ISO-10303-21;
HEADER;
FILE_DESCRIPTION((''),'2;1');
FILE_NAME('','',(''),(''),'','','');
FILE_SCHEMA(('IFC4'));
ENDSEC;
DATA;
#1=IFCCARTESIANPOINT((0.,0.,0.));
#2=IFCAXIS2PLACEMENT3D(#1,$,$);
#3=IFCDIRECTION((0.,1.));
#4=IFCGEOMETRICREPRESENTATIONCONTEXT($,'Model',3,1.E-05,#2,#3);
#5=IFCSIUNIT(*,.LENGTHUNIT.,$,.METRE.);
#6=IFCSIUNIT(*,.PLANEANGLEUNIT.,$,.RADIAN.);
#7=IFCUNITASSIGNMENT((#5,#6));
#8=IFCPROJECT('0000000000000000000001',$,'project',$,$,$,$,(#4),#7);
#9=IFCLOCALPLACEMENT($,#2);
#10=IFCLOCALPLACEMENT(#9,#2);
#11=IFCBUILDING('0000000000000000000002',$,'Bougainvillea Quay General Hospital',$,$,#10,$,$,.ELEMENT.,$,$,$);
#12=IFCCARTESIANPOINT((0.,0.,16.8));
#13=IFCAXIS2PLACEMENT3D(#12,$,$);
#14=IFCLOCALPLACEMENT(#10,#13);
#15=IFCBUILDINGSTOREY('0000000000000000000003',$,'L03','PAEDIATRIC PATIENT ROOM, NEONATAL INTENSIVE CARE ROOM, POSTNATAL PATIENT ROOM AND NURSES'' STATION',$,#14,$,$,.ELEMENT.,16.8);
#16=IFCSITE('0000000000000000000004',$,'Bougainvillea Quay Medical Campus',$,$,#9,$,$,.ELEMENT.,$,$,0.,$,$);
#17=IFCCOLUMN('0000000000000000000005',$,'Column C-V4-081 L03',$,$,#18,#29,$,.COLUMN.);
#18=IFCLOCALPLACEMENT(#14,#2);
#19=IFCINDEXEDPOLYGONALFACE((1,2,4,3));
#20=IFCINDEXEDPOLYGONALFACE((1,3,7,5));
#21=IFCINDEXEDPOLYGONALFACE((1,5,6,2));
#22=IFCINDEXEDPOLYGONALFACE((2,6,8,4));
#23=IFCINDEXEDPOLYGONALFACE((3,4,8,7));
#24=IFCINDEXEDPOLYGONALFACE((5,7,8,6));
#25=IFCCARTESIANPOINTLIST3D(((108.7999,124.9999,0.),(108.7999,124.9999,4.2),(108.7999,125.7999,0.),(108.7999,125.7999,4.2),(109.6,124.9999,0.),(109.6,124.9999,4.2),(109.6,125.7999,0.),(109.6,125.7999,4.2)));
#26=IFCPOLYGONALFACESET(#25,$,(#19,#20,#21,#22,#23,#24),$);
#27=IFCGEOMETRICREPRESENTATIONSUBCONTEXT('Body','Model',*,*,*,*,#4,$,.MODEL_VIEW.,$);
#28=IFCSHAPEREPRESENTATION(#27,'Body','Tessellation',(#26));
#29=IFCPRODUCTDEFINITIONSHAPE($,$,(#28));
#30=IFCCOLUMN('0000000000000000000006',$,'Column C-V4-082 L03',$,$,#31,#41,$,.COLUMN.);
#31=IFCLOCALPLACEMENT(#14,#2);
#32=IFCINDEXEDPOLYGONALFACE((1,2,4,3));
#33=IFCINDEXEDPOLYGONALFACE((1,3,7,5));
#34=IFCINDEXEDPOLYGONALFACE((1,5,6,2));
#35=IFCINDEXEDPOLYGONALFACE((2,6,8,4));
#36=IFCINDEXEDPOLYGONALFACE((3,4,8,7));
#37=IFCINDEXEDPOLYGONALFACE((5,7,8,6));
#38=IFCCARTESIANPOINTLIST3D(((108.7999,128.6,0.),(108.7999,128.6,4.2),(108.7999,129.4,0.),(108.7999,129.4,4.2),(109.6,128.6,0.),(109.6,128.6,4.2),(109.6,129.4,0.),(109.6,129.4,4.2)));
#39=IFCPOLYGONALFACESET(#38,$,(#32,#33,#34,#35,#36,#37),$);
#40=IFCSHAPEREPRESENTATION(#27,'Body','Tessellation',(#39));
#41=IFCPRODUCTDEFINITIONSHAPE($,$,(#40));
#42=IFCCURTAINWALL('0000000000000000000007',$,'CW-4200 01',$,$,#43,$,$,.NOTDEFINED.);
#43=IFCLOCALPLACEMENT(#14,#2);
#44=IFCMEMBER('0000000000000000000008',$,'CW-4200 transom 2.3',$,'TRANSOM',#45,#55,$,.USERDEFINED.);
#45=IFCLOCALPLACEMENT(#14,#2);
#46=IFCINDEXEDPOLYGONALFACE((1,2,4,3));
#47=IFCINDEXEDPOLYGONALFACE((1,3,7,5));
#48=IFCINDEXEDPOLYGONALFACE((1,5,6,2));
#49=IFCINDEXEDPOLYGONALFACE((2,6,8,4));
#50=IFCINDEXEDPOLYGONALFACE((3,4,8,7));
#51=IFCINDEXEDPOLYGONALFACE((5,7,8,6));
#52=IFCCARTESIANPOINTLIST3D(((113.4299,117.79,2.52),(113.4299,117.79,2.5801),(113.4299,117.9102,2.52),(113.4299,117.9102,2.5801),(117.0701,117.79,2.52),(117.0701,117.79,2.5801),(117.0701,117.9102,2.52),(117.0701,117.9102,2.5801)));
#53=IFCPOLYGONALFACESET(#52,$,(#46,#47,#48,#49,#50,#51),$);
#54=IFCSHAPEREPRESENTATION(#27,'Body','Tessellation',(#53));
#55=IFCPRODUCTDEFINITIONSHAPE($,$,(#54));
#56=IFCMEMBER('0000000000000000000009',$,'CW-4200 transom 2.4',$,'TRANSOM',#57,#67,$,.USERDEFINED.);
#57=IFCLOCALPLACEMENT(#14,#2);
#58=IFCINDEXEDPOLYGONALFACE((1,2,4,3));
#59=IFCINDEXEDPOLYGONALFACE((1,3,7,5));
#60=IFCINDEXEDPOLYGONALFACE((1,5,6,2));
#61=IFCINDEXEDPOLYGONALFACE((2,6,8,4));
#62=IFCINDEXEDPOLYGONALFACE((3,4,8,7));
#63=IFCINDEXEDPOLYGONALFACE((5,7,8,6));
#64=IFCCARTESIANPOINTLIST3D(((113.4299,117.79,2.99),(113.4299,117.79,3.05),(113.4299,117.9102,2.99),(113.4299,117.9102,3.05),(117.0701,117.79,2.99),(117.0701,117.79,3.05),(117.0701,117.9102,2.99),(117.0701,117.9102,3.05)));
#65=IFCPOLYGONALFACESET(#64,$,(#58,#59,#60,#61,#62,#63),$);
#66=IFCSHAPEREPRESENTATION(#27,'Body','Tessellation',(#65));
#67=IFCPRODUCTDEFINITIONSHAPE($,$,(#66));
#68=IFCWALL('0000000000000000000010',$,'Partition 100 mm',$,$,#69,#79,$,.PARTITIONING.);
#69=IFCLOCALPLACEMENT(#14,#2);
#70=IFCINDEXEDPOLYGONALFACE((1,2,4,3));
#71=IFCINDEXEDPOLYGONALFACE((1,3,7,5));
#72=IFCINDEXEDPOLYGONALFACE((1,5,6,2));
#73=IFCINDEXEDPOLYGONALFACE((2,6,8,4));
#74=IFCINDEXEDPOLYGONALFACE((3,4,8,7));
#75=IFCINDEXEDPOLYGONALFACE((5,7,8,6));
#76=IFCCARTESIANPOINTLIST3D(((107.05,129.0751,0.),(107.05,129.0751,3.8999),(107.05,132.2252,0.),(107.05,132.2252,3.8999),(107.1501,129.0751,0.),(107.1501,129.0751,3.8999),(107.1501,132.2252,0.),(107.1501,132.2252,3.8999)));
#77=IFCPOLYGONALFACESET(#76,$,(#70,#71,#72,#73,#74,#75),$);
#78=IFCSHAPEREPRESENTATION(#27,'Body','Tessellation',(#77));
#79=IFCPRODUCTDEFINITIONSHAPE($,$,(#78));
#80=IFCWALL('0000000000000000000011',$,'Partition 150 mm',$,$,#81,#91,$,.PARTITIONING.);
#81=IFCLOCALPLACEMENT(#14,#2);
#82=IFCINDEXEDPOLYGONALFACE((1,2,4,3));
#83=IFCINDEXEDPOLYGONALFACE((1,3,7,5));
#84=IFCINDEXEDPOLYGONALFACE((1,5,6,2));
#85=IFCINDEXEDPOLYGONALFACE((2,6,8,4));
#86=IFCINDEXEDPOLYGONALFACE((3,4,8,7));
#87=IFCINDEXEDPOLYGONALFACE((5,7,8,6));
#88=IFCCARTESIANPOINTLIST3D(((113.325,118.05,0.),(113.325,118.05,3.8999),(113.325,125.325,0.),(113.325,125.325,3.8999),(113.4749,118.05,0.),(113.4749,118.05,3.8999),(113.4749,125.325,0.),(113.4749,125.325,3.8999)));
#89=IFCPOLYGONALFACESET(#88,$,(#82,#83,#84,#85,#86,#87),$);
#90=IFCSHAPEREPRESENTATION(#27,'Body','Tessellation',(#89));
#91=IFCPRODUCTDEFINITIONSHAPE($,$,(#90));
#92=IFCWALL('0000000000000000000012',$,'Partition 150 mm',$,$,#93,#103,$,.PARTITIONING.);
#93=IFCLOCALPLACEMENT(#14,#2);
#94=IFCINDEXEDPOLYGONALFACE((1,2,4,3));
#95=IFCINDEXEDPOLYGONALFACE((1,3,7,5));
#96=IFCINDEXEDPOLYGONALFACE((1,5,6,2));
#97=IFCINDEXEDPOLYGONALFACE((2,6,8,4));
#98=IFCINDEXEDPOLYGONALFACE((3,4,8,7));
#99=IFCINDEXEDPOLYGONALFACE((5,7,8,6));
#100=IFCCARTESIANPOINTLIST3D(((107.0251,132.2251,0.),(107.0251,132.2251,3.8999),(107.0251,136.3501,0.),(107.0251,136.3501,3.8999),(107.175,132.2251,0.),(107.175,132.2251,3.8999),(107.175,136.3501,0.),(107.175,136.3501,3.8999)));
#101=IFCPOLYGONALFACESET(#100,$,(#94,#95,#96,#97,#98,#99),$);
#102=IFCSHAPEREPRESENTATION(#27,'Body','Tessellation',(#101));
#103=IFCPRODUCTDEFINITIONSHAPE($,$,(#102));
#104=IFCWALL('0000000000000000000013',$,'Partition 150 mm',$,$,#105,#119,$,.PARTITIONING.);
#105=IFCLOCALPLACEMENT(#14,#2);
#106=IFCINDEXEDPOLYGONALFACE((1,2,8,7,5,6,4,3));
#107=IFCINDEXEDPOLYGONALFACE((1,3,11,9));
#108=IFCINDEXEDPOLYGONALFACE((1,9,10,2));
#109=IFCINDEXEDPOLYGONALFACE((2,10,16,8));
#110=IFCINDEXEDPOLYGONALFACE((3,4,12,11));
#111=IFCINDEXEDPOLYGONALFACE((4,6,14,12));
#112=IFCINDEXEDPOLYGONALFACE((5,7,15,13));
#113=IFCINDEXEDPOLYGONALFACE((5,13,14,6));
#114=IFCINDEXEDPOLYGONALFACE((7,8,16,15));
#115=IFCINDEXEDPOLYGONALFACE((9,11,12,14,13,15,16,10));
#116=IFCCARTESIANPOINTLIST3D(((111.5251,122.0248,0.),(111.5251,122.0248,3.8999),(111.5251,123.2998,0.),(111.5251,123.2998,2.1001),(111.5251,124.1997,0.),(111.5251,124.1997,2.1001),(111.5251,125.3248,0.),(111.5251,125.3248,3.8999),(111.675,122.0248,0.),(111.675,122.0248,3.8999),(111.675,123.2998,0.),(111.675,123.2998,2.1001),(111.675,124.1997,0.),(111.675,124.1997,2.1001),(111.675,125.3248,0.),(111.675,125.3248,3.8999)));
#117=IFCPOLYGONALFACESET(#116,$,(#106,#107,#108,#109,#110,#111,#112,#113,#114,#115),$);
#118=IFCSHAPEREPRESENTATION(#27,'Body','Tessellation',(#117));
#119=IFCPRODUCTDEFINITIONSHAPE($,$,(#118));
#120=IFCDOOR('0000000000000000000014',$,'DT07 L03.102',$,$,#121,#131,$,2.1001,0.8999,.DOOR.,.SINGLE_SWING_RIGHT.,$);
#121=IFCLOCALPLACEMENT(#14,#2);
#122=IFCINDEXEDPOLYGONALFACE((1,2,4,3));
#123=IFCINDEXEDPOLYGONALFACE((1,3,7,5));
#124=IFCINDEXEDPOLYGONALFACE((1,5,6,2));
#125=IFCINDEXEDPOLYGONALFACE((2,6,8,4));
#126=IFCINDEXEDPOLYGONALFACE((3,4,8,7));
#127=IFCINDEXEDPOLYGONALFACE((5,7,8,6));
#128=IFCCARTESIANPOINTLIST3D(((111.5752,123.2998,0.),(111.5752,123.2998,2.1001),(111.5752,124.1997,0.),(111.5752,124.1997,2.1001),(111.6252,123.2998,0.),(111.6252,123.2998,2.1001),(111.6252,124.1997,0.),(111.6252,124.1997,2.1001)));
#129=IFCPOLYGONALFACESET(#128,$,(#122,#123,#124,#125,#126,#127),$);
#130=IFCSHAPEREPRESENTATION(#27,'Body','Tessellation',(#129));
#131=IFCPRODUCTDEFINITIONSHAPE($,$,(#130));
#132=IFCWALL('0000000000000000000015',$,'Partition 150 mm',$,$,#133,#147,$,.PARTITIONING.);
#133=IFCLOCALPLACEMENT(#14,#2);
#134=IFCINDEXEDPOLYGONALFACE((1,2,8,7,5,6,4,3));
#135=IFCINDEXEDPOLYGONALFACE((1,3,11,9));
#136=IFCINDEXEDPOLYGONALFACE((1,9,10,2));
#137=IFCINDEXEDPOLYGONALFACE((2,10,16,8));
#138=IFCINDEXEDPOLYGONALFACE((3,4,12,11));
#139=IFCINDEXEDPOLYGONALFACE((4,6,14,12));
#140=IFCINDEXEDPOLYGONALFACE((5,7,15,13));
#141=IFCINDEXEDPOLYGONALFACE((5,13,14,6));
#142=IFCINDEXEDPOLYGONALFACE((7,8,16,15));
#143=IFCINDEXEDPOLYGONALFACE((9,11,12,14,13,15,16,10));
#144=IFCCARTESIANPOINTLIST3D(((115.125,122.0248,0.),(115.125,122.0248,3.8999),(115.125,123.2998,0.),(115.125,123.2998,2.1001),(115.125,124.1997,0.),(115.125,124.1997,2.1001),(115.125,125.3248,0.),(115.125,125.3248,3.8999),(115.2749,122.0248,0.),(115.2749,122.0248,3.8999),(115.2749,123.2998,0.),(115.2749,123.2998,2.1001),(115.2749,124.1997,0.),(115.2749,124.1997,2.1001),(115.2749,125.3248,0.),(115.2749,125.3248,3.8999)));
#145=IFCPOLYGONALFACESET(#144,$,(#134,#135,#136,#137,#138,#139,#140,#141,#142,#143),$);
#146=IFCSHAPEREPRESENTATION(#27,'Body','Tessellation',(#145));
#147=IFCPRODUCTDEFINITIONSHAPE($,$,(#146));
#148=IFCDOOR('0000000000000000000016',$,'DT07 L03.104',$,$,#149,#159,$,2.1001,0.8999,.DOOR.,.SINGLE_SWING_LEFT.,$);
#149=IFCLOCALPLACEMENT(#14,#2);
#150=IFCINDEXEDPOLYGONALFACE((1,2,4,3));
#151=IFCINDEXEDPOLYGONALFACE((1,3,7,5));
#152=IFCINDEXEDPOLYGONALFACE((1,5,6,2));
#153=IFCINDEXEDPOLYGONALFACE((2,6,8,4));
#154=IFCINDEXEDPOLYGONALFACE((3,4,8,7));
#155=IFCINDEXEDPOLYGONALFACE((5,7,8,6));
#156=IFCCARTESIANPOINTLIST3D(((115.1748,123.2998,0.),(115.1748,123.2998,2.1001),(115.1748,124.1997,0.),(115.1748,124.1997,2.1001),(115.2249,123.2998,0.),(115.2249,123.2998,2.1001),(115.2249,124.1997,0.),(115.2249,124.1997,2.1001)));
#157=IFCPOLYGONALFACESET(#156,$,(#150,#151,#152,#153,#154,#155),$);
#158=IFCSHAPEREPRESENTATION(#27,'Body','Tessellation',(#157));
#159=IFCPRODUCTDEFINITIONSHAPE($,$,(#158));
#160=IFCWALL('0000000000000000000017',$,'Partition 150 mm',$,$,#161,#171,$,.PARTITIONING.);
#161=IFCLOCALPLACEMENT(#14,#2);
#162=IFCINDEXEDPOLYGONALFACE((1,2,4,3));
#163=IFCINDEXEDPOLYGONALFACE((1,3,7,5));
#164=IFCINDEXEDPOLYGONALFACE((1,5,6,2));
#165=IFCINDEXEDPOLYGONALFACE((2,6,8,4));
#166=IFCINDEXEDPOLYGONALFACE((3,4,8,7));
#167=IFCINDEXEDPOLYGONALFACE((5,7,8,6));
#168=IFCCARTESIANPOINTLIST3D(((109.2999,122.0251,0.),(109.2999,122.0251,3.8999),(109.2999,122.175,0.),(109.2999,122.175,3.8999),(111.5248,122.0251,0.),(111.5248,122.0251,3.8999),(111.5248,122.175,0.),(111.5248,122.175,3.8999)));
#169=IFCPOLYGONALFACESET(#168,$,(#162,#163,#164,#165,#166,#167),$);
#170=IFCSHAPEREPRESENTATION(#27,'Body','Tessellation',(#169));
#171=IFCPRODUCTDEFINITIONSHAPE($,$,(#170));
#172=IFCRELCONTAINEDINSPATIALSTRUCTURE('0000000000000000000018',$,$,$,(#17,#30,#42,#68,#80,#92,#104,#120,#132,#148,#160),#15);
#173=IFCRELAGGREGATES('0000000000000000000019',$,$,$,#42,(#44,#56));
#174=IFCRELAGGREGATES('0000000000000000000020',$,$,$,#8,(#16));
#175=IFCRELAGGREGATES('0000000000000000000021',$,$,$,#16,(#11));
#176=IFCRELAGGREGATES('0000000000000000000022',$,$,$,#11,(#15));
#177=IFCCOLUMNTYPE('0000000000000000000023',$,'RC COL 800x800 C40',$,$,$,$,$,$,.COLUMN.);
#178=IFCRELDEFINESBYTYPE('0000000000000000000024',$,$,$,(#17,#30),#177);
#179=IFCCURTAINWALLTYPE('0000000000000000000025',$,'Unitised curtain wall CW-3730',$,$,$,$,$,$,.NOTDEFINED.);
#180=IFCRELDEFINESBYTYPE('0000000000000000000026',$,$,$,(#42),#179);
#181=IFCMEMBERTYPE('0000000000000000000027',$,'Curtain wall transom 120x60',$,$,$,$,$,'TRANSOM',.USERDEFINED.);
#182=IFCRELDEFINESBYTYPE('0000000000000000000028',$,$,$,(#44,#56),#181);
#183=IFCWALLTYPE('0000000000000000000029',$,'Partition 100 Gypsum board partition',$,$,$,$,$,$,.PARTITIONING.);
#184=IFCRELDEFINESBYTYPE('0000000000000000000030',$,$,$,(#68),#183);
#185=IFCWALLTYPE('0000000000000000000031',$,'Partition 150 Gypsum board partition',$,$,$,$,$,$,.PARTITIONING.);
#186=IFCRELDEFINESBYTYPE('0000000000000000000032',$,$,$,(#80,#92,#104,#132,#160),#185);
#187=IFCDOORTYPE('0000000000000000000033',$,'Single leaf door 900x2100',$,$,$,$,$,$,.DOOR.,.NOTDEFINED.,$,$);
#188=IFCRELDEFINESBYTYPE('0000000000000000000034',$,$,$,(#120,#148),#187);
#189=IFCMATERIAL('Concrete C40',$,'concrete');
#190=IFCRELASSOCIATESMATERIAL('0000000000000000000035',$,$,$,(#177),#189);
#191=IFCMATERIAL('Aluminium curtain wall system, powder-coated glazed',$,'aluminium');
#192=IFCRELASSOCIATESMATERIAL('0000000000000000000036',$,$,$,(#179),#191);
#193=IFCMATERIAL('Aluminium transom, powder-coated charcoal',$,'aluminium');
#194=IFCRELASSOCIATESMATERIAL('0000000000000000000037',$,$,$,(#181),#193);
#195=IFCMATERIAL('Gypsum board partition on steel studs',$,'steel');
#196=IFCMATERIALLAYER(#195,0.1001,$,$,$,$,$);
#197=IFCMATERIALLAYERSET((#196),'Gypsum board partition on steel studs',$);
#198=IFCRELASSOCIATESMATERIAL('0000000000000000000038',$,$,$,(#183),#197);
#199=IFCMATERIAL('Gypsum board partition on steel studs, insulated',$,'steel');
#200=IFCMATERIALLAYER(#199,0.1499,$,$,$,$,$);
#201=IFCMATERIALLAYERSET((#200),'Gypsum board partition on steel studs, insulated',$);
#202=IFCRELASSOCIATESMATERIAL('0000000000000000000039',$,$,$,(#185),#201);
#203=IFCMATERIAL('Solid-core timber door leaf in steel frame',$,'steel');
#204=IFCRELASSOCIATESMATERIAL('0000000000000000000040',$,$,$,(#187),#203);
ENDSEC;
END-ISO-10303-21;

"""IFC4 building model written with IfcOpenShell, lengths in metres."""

from ifc_helpers import new_model, si_unit, direction, frame, frame_2d, origin, origin_2d, place, context, subcontext, project, spatial, rectangle, extrude, material, layer, layer_set, material_profile, profile_set, type_object, element, fill, aggregate, save


model = new_model("IFC4")

# Units and contexts
model_context = context("Model", 3, precision=1e-05, world=origin(), true_north=direction((0.0, 1.0)))
body_context = subcontext(model_context, "Body", "Model", "MODEL_VIEW")
ifc_project = project(units=[si_unit("LENGTHUNIT", "METRE"), si_unit("PLANEANGLEUNIT", "RADIAN")], contexts=[model_context])

# Site, building, storey
site_placement = place(None, origin())
site = spatial("IfcSite", under=ifc_project, at=site_placement, Name="Bougainvillea Quay Medical Campus", CompositionType="ELEMENT", RefElevation=0.0)
building_placement = place(site_placement, origin())
building = spatial("IfcBuilding", under=site, at=building_placement, Name="Bougainvillea Quay General Hospital", CompositionType="ELEMENT")
storey_placement = place(building_placement, frame((0.0, 0.0, 16.8)))
storey = spatial("IfcBuildingStorey", under=building, at=storey_placement, Name="L03", Description="PAEDIATRIC PATIENT ROOM, NEONATAL INTENSIVE CARE ROOM, POSTNATAL PATIENT ROOM AND NURSES' STATION", CompositionType="ELEMENT", Elevation=16.8)

# Columns
ifc_material_1 = material(Name="Concrete C40", Category="concrete")
ifc_material_profile_1 = material_profile(ifc_material_1, rectangle(XDim=0.8, YDim=0.8, at=origin_2d()))
ifc_profile_set_1 = profile_set([ifc_material_profile_1], Name="Concrete C40")
column_type = type_object("IfcColumnType", Name="RC COL 800x800 C40", PredefinedType="COLUMN", material=ifc_profile_set_1)
for number, where, z_axis, x_axis, name in (
    (1, (109.2, 125.3999, 0.0), (0.0, 0.0, 1.0), (1.0, 0.0, 0.0), "Column C-V4-081 L03"),
    (2, (109.2, 129.0, 0.0), (0.0, 0.0, 1.0), (1.0, 0.0, 0.0), "Column C-V4-082 L03"),
):
    element("IfcColumn", number, at=place(storey_placement, frame(where, z_axis=z_axis, x_axis=x_axis)), inside=storey, type_object=column_type, Name=name, PredefinedType="COLUMN", context=body_context, shape_type="SweptSolid", body=[
        extrude(rectangle(XDim=0.8, YDim=0.8, at=origin_2d()), origin(), (0.0, 0.0, 1.0), 4.2),
    ])

# Curtain wall, members
ifc_material_2 = material(Name="Aluminium curtain wall system, powder-coated glazed", Category="aluminium")
curtain_wall_type = type_object("IfcCurtainWallType", Name="Unitised curtain wall CW-3730", PredefinedType="NOTDEFINED", material=ifc_material_2)
curtain_wall_placement = place(storey_placement, origin())
curtain_wall = element("IfcCurtainWall", 3, at=curtain_wall_placement, inside=storey, type_object=curtain_wall_type, Name="CW-4200 01", PredefinedType="NOTDEFINED")
ifc_material_3 = material(Name="Aluminium transom, powder-coated charcoal", Category="aluminium")
ifc_material_profile_2 = material_profile(ifc_material_3, rectangle(XDim=0.1201, YDim=0.0601, at=origin_2d()))
ifc_profile_set_2 = profile_set([ifc_material_profile_2], Name="Aluminium transom, powder-coated charcoal")
member_type = type_object("IfcMemberType", Name="Curtain wall transom 120x60", ElementType="TRANSOM", PredefinedType="USERDEFINED", material=ifc_profile_set_2)
member_1_placement = place(storey_placement, frame((113.4299, 117.8501, 2.55), z_axis=(1.0, 0.0, 0.0), x_axis=(0.0, 1.0, 0.0)))
member_1 = element("IfcMember", 4, at=member_1_placement, type_object=member_type, Name="CW-4200 transom 2.3", ObjectType="TRANSOM", PredefinedType="USERDEFINED", context=body_context, shape_type="SweptSolid", body=[
    extrude(rectangle(XDim=0.1201, YDim=0.0601, at=origin_2d()), origin(), (0.0, 0.0, 1.0), 3.6401),
])
member_2_placement = place(storey_placement, frame((113.4299, 117.8501, 3.02), z_axis=(1.0, 0.0, 0.0), x_axis=(0.0, 1.0, 0.0)))
member_2 = element("IfcMember", 5, at=member_2_placement, type_object=member_type, Name="CW-4200 transom 2.4", ObjectType="TRANSOM", PredefinedType="USERDEFINED", context=body_context, shape_type="SweptSolid", body=[
    extrude(rectangle(XDim=0.1201, YDim=0.0601, at=origin_2d()), origin(), (0.0, 0.0, 1.0), 3.6401),
])
aggregate(curtain_wall, [member_1, member_2])

# Walls
ifc_material_4 = material(Name="Gypsum board partition on steel studs", Category="steel")
ifc_layer_1 = layer(ifc_material_4, 0.1001)
ifc_layer_set_1 = layer_set([ifc_layer_1], Name="Gypsum board partition on steel studs")
wall_type_1 = type_object("IfcWallType", Name="Partition 100 Gypsum board partition", PredefinedType="PARTITIONING", material=ifc_layer_set_1)
wall_1_placement = place(storey_placement, frame((107.1001, 129.075, 0.0), z_axis=(0.0, 0.0, 1.0), x_axis=(0.0, 1.0, 0.0)))
element("IfcWall", 6, at=wall_1_placement, inside=storey, type_object=wall_type_1, Name="Partition 100 mm", PredefinedType="PARTITIONING", context=body_context, shape_type="SweptSolid", body=[
    extrude(rectangle(XDim=3.1501, YDim=0.1001, at=frame_2d((1.5752, 0.0))), origin(), (0.0, 0.0, 1.0), 3.8999),
])
ifc_material_5 = material(Name="Gypsum board partition on steel studs, insulated", Category="steel")
ifc_layer_2 = layer(ifc_material_5, 0.1499)
ifc_layer_set_2 = layer_set([ifc_layer_2], Name="Gypsum board partition on steel studs, insulated")
wall_type_2 = type_object("IfcWallType", Name="Partition 150 Gypsum board partition", PredefinedType="PARTITIONING", material=ifc_layer_set_2)
wall_2_placement = place(storey_placement, frame((113.3999, 118.05, 0.0), z_axis=(0.0, 0.0, 1.0), x_axis=(0.0, 1.0, 0.0)))
element("IfcWall", 7, at=wall_2_placement, inside=storey, type_object=wall_type_2, Name="Partition 150 mm", PredefinedType="PARTITIONING", context=body_context, shape_type="SweptSolid", body=[
    extrude(rectangle(XDim=7.2749, YDim=0.1499, at=frame_2d((3.6375, 0.0))), origin(), (0.0, 0.0, 1.0), 3.8999),
])
wall_3_placement = place(storey_placement, frame((107.1001, 132.2251, 0.0), z_axis=(0.0, 0.0, 1.0), x_axis=(0.0, 1.0, 0.0)))
element("IfcWall", 8, at=wall_3_placement, inside=storey, type_object=wall_type_2, Name="Partition 150 mm", PredefinedType="PARTITIONING", context=body_context, shape_type="SweptSolid", body=[
    extrude(rectangle(XDim=4.125, YDim=0.1499, at=frame_2d((2.0625, 0.0))), origin(), (0.0, 0.0, 1.0), 3.8999),
])

# Walls, openings, doors
wall_4_placement = place(storey_placement, frame((111.6001, 122.0249, 0.0), z_axis=(0.0, 0.0, 1.0), x_axis=(0.0, 1.0, 0.0)))
wall_4 = element("IfcWall", 9, at=wall_4_placement, inside=storey, type_object=wall_type_2, Name="Partition 150 mm", PredefinedType="PARTITIONING", context=body_context, shape_type="SweptSolid", body=[
    extrude(rectangle(XDim=3.3, YDim=0.1499, at=frame_2d((1.6499, 0.0))), origin(), (0.0, 0.0, 1.0), 3.8999),
])
opening_1_placement = place(wall_4_placement, frame((1.2749, 0.0, 0.0)))
opening_1 = element("IfcOpeningElement", 10, at=opening_1_placement, cuts=wall_4, PredefinedType="OPENING", context=body_context, shape_type="SweptSolid", body=[
    extrude(rectangle(XDim=0.8999, YDim=2.1001, at=frame_2d((0.45, 1.05))), frame((0.0, 0.085, 0.0), z_axis=(0.0, -1.0, 0.0), x_axis=(1.0, 0.0, 0.0)), (0.0, 0.0, 1.0), 0.1699),
])
ifc_material_6 = material(Name="Solid-core timber door leaf in steel frame", Category="steel")
door_type_1 = type_object("IfcDoorType", Name="Single leaf door 900x2100", OperationType="NOTDEFINED", PredefinedType="DOOR", material=ifc_material_6)
door_1_placement = place(opening_1_placement, origin())
door_1 = element("IfcDoor", 11, at=door_1_placement, inside=storey, type_object=door_type_1, Name="DT07 L03.102", OperationType="SINGLE_SWING_RIGHT", OverallHeight=2.1001, OverallWidth=0.8999, PredefinedType="DOOR", context=body_context, shape_type="SweptSolid", body=[
    extrude(rectangle(XDim=0.8999, YDim=2.1001, at=frame_2d((0.45, 1.05))), frame((0.0, 0.0249, 0.0), z_axis=(0.0, -1.0, 0.0), x_axis=(1.0, 0.0, 0.0)), (0.0, 0.0, 1.0), 0.05),
])
fill(opening_1, door_1)
wall_5_placement = place(storey_placement, frame((115.2, 122.0249, 0.0), z_axis=(0.0, 0.0, 1.0), x_axis=(0.0, 1.0, 0.0)))
wall_5 = element("IfcWall", 12, at=wall_5_placement, inside=storey, type_object=wall_type_2, Name="Partition 150 mm", PredefinedType="PARTITIONING", context=body_context, shape_type="SweptSolid", body=[
    extrude(rectangle(XDim=3.3, YDim=0.1499, at=frame_2d((1.6499, 0.0))), origin(), (0.0, 0.0, 1.0), 3.8999),
])
opening_2_placement = place(wall_5_placement, frame((1.2749, 0.0, 0.0)))
opening_2 = element("IfcOpeningElement", 13, at=opening_2_placement, cuts=wall_5, PredefinedType="OPENING", context=body_context, shape_type="SweptSolid", body=[
    extrude(rectangle(XDim=0.8999, YDim=2.1001, at=frame_2d((0.45, 1.05))), frame((0.0, 0.085, 0.0), z_axis=(0.0, -1.0, 0.0), x_axis=(1.0, 0.0, 0.0)), (0.0, 0.0, 1.0), 0.1699),
])
door_2_placement = place(opening_2_placement, frame((0.8999, 0.0, 0.0), z_axis=(0.0, 0.0, 1.0), x_axis=(-1.0, 0.0, 0.0)))
door_2 = element("IfcDoor", 14, at=door_2_placement, inside=storey, type_object=door_type_1, Name="DT07 L03.104", OperationType="SINGLE_SWING_LEFT", OverallHeight=2.1001, OverallWidth=0.8999, PredefinedType="DOOR", context=body_context, shape_type="SweptSolid", body=[
    extrude(rectangle(XDim=0.8999, YDim=2.1001, at=frame_2d((0.45, 1.05))), frame((0.0, 0.0249, 0.0), z_axis=(0.0, -1.0, 0.0), x_axis=(1.0, 0.0, 0.0)), (0.0, 0.0, 1.0), 0.05),
])
fill(opening_2, door_2)

# Wall
wall_6_placement = place(storey_placement, frame((109.3, 122.1001, 0.0), z_axis=(0.0, 0.0, 1.0), x_axis=(1.0, 0.0, 0.0)))
element("IfcWall", 15, at=wall_6_placement, inside=storey, type_object=wall_type_2, Name="Partition 150 mm", PredefinedType="PARTITIONING", context=body_context, shape_type="SweptSolid", body=[
    extrude(rectangle(XDim=2.2249, YDim=0.1499, at=frame_2d((1.1123, 0.0))), origin(), (0.0, 0.0, 1.0), 3.8999),
])

save(model, "model.ifc")
